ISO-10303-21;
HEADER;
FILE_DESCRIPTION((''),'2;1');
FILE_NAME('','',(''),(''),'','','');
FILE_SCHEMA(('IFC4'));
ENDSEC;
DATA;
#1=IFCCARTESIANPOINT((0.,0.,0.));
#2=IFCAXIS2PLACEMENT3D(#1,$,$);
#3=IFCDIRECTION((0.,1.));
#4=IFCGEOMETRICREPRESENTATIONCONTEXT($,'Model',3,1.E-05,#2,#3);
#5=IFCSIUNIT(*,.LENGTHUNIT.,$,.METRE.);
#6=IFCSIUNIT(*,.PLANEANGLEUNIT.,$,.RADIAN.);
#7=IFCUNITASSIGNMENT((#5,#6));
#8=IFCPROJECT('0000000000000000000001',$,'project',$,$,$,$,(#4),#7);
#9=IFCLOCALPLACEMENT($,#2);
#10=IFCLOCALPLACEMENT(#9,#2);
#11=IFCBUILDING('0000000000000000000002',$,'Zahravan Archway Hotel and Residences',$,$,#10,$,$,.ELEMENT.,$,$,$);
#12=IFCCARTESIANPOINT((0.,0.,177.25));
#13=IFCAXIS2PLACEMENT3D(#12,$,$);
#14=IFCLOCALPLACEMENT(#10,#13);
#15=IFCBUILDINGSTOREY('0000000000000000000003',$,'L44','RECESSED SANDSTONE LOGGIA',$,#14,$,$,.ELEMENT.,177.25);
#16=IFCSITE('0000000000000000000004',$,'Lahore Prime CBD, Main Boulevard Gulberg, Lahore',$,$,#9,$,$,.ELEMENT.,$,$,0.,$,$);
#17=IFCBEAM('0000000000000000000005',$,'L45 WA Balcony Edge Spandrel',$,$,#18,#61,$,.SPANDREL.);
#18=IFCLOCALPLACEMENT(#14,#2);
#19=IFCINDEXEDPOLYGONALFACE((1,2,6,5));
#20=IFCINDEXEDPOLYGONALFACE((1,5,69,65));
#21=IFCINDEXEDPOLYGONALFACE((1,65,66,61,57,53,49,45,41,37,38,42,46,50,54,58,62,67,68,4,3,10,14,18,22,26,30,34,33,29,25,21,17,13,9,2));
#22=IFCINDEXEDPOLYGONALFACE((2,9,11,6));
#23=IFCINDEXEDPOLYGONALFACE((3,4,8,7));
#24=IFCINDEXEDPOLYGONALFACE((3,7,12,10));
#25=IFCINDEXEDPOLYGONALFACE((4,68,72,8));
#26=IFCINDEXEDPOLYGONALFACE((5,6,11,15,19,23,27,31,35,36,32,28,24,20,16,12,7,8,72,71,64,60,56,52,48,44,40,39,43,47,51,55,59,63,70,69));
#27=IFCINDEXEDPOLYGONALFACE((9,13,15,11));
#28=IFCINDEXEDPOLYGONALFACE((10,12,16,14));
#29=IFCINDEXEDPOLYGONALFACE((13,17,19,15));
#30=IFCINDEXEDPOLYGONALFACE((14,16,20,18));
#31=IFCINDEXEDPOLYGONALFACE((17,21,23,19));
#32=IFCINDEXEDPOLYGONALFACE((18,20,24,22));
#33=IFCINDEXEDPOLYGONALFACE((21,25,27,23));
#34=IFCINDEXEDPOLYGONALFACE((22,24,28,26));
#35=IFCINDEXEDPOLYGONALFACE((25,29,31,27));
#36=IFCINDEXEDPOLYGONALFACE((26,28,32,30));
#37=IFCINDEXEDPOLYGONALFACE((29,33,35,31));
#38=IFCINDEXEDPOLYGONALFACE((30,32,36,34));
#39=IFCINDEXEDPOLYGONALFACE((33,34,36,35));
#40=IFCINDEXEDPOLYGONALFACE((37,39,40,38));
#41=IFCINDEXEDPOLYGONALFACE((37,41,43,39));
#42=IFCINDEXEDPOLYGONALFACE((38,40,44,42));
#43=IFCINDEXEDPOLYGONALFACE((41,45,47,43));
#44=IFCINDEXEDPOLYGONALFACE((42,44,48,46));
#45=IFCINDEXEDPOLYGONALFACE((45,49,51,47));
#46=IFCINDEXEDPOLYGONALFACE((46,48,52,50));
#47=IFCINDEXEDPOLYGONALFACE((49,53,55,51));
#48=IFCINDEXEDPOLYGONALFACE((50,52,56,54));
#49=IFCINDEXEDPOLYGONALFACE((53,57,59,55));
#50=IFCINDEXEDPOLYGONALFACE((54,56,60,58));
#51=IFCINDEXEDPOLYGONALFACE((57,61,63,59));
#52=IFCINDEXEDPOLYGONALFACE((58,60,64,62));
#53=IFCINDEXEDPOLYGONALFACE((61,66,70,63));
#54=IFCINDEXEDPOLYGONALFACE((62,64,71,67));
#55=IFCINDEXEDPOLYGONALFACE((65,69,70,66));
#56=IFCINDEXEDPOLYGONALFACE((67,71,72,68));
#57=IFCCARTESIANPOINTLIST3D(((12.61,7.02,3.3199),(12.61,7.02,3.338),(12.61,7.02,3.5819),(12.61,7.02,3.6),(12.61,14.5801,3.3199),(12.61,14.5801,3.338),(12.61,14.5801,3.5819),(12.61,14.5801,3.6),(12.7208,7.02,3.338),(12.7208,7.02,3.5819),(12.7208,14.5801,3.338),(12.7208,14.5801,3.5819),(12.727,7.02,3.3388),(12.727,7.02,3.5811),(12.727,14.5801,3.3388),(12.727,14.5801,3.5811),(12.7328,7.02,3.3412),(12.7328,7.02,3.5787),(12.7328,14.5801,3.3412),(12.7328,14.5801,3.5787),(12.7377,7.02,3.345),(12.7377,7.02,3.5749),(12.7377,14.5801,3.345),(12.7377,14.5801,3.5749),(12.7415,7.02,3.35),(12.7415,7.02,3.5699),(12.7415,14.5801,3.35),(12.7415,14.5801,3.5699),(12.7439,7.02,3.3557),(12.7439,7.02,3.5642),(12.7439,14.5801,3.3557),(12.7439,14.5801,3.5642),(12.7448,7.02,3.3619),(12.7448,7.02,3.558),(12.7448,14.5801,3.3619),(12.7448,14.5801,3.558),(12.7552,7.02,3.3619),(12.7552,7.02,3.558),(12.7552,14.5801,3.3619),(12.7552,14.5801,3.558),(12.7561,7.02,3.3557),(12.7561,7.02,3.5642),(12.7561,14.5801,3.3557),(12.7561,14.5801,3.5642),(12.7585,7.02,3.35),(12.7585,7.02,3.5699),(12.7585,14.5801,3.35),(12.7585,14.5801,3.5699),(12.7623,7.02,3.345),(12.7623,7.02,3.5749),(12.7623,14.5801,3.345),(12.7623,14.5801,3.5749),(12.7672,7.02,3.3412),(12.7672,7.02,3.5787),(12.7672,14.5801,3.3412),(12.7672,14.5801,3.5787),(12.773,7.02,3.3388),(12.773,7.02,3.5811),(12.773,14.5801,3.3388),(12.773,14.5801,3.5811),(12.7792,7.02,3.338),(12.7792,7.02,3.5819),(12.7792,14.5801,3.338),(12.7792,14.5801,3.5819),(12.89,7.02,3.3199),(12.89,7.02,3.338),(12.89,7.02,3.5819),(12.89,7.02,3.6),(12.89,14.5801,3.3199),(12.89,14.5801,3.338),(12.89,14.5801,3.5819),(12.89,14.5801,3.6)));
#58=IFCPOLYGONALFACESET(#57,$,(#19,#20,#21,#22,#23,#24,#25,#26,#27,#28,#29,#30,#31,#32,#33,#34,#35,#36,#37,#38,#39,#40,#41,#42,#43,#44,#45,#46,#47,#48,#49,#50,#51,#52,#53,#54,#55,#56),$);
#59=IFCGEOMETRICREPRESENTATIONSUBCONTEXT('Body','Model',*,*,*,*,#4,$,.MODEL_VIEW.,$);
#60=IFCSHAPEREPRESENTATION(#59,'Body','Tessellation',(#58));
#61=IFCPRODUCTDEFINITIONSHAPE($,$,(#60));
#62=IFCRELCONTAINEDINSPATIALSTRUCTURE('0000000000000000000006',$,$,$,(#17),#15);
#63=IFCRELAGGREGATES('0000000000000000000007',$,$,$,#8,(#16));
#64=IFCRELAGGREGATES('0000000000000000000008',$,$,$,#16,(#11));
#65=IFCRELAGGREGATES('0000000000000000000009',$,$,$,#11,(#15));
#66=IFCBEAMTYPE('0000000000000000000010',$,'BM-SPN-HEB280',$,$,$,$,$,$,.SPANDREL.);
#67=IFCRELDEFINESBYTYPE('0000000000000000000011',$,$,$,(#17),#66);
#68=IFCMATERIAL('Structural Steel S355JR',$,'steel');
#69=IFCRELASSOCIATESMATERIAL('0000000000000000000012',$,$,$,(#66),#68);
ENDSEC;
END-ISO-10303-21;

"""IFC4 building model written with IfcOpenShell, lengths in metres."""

from ifc_helpers import new_model, si_unit, direction, frame, origin, origin_2d, place, context, subcontext, project, spatial, i_section, extrude, source, transform, mapped, material, material_profile, profile_set, type_object, type_shapes, element, save


model = new_model("IFC4")

# Units and contexts
model_context = context("Model", 3, precision=1e-05, world=origin(), true_north=direction((0.0, 1.0)))
body_context = subcontext(model_context, "Body", "Model", "MODEL_VIEW")
ifc_project = project(units=[si_unit("LENGTHUNIT", "METRE"), si_unit("PLANEANGLEUNIT", "RADIAN")], contexts=[model_context])

# Site, building, storey
site_placement = place(None, origin())
site = spatial("IfcSite", under=ifc_project, at=site_placement, Name="Lahore Prime CBD, Main Boulevard Gulberg, Lahore", CompositionType="ELEMENT", RefElevation=0.0)
building_placement = place(site_placement, origin())
building = spatial("IfcBuilding", under=site, at=building_placement, Name="Zahravan Archway Hotel and Residences", CompositionType="ELEMENT")
storey_placement = place(building_placement, frame((0.0, 0.0, 177.25)))
storey = spatial("IfcBuildingStorey", under=building, at=storey_placement, Name="L44", Description="RECESSED SANDSTONE LOGGIA", CompositionType="ELEMENT", Elevation=177.25)

# Beam
ifc_material_1 = material(Name="Structural Steel S355JR", Category="steel")
ifc_material_profile = material_profile(ifc_material_1, i_section(OverallWidth=0.28, OverallDepth=0.28, WebThickness=0.0105, FlangeThickness=0.0181, FilletRadius=0.0239, at=origin_2d()), Name="HEB 280", Category="steel")
ifc_profile_set = profile_set([ifc_material_profile], Name="Structural Steel S355JR")
beam_type = type_object("IfcBeamType", Name="BM-SPN-HEB280", PredefinedType="SPANDREL", material=ifc_profile_set)
shared_shape_1 = source(origin(), body_context, "Body", "SweptSolid", [
    extrude(i_section(OverallWidth=0.28, OverallDepth=0.28, WebThickness=0.0105, FlangeThickness=0.0181, FilletRadius=0.0239, at=origin_2d()), origin(), (0.0, 0.0, 1.0), 7.5601),
])
type_shapes(beam_type, [shared_shape_1])
beam_placement = place(storey_placement, frame((12.75, 7.02, 3.46), z_axis=(0.0, 1.0, 0.0), x_axis=(-1.0, 0.0, 0.0)))
element("IfcBeam", 1, at=beam_placement, inside=storey, type_object=beam_type, Name="L45 WA Balcony Edge Spandrel", PredefinedType="SPANDREL", context=body_context, shape_type="MappedRepresentation", body=[
    mapped(shared_shape_1, transform((0.0, 0.0, 0.0), scale=1.0)),
])

save(model, "model.ifc")
